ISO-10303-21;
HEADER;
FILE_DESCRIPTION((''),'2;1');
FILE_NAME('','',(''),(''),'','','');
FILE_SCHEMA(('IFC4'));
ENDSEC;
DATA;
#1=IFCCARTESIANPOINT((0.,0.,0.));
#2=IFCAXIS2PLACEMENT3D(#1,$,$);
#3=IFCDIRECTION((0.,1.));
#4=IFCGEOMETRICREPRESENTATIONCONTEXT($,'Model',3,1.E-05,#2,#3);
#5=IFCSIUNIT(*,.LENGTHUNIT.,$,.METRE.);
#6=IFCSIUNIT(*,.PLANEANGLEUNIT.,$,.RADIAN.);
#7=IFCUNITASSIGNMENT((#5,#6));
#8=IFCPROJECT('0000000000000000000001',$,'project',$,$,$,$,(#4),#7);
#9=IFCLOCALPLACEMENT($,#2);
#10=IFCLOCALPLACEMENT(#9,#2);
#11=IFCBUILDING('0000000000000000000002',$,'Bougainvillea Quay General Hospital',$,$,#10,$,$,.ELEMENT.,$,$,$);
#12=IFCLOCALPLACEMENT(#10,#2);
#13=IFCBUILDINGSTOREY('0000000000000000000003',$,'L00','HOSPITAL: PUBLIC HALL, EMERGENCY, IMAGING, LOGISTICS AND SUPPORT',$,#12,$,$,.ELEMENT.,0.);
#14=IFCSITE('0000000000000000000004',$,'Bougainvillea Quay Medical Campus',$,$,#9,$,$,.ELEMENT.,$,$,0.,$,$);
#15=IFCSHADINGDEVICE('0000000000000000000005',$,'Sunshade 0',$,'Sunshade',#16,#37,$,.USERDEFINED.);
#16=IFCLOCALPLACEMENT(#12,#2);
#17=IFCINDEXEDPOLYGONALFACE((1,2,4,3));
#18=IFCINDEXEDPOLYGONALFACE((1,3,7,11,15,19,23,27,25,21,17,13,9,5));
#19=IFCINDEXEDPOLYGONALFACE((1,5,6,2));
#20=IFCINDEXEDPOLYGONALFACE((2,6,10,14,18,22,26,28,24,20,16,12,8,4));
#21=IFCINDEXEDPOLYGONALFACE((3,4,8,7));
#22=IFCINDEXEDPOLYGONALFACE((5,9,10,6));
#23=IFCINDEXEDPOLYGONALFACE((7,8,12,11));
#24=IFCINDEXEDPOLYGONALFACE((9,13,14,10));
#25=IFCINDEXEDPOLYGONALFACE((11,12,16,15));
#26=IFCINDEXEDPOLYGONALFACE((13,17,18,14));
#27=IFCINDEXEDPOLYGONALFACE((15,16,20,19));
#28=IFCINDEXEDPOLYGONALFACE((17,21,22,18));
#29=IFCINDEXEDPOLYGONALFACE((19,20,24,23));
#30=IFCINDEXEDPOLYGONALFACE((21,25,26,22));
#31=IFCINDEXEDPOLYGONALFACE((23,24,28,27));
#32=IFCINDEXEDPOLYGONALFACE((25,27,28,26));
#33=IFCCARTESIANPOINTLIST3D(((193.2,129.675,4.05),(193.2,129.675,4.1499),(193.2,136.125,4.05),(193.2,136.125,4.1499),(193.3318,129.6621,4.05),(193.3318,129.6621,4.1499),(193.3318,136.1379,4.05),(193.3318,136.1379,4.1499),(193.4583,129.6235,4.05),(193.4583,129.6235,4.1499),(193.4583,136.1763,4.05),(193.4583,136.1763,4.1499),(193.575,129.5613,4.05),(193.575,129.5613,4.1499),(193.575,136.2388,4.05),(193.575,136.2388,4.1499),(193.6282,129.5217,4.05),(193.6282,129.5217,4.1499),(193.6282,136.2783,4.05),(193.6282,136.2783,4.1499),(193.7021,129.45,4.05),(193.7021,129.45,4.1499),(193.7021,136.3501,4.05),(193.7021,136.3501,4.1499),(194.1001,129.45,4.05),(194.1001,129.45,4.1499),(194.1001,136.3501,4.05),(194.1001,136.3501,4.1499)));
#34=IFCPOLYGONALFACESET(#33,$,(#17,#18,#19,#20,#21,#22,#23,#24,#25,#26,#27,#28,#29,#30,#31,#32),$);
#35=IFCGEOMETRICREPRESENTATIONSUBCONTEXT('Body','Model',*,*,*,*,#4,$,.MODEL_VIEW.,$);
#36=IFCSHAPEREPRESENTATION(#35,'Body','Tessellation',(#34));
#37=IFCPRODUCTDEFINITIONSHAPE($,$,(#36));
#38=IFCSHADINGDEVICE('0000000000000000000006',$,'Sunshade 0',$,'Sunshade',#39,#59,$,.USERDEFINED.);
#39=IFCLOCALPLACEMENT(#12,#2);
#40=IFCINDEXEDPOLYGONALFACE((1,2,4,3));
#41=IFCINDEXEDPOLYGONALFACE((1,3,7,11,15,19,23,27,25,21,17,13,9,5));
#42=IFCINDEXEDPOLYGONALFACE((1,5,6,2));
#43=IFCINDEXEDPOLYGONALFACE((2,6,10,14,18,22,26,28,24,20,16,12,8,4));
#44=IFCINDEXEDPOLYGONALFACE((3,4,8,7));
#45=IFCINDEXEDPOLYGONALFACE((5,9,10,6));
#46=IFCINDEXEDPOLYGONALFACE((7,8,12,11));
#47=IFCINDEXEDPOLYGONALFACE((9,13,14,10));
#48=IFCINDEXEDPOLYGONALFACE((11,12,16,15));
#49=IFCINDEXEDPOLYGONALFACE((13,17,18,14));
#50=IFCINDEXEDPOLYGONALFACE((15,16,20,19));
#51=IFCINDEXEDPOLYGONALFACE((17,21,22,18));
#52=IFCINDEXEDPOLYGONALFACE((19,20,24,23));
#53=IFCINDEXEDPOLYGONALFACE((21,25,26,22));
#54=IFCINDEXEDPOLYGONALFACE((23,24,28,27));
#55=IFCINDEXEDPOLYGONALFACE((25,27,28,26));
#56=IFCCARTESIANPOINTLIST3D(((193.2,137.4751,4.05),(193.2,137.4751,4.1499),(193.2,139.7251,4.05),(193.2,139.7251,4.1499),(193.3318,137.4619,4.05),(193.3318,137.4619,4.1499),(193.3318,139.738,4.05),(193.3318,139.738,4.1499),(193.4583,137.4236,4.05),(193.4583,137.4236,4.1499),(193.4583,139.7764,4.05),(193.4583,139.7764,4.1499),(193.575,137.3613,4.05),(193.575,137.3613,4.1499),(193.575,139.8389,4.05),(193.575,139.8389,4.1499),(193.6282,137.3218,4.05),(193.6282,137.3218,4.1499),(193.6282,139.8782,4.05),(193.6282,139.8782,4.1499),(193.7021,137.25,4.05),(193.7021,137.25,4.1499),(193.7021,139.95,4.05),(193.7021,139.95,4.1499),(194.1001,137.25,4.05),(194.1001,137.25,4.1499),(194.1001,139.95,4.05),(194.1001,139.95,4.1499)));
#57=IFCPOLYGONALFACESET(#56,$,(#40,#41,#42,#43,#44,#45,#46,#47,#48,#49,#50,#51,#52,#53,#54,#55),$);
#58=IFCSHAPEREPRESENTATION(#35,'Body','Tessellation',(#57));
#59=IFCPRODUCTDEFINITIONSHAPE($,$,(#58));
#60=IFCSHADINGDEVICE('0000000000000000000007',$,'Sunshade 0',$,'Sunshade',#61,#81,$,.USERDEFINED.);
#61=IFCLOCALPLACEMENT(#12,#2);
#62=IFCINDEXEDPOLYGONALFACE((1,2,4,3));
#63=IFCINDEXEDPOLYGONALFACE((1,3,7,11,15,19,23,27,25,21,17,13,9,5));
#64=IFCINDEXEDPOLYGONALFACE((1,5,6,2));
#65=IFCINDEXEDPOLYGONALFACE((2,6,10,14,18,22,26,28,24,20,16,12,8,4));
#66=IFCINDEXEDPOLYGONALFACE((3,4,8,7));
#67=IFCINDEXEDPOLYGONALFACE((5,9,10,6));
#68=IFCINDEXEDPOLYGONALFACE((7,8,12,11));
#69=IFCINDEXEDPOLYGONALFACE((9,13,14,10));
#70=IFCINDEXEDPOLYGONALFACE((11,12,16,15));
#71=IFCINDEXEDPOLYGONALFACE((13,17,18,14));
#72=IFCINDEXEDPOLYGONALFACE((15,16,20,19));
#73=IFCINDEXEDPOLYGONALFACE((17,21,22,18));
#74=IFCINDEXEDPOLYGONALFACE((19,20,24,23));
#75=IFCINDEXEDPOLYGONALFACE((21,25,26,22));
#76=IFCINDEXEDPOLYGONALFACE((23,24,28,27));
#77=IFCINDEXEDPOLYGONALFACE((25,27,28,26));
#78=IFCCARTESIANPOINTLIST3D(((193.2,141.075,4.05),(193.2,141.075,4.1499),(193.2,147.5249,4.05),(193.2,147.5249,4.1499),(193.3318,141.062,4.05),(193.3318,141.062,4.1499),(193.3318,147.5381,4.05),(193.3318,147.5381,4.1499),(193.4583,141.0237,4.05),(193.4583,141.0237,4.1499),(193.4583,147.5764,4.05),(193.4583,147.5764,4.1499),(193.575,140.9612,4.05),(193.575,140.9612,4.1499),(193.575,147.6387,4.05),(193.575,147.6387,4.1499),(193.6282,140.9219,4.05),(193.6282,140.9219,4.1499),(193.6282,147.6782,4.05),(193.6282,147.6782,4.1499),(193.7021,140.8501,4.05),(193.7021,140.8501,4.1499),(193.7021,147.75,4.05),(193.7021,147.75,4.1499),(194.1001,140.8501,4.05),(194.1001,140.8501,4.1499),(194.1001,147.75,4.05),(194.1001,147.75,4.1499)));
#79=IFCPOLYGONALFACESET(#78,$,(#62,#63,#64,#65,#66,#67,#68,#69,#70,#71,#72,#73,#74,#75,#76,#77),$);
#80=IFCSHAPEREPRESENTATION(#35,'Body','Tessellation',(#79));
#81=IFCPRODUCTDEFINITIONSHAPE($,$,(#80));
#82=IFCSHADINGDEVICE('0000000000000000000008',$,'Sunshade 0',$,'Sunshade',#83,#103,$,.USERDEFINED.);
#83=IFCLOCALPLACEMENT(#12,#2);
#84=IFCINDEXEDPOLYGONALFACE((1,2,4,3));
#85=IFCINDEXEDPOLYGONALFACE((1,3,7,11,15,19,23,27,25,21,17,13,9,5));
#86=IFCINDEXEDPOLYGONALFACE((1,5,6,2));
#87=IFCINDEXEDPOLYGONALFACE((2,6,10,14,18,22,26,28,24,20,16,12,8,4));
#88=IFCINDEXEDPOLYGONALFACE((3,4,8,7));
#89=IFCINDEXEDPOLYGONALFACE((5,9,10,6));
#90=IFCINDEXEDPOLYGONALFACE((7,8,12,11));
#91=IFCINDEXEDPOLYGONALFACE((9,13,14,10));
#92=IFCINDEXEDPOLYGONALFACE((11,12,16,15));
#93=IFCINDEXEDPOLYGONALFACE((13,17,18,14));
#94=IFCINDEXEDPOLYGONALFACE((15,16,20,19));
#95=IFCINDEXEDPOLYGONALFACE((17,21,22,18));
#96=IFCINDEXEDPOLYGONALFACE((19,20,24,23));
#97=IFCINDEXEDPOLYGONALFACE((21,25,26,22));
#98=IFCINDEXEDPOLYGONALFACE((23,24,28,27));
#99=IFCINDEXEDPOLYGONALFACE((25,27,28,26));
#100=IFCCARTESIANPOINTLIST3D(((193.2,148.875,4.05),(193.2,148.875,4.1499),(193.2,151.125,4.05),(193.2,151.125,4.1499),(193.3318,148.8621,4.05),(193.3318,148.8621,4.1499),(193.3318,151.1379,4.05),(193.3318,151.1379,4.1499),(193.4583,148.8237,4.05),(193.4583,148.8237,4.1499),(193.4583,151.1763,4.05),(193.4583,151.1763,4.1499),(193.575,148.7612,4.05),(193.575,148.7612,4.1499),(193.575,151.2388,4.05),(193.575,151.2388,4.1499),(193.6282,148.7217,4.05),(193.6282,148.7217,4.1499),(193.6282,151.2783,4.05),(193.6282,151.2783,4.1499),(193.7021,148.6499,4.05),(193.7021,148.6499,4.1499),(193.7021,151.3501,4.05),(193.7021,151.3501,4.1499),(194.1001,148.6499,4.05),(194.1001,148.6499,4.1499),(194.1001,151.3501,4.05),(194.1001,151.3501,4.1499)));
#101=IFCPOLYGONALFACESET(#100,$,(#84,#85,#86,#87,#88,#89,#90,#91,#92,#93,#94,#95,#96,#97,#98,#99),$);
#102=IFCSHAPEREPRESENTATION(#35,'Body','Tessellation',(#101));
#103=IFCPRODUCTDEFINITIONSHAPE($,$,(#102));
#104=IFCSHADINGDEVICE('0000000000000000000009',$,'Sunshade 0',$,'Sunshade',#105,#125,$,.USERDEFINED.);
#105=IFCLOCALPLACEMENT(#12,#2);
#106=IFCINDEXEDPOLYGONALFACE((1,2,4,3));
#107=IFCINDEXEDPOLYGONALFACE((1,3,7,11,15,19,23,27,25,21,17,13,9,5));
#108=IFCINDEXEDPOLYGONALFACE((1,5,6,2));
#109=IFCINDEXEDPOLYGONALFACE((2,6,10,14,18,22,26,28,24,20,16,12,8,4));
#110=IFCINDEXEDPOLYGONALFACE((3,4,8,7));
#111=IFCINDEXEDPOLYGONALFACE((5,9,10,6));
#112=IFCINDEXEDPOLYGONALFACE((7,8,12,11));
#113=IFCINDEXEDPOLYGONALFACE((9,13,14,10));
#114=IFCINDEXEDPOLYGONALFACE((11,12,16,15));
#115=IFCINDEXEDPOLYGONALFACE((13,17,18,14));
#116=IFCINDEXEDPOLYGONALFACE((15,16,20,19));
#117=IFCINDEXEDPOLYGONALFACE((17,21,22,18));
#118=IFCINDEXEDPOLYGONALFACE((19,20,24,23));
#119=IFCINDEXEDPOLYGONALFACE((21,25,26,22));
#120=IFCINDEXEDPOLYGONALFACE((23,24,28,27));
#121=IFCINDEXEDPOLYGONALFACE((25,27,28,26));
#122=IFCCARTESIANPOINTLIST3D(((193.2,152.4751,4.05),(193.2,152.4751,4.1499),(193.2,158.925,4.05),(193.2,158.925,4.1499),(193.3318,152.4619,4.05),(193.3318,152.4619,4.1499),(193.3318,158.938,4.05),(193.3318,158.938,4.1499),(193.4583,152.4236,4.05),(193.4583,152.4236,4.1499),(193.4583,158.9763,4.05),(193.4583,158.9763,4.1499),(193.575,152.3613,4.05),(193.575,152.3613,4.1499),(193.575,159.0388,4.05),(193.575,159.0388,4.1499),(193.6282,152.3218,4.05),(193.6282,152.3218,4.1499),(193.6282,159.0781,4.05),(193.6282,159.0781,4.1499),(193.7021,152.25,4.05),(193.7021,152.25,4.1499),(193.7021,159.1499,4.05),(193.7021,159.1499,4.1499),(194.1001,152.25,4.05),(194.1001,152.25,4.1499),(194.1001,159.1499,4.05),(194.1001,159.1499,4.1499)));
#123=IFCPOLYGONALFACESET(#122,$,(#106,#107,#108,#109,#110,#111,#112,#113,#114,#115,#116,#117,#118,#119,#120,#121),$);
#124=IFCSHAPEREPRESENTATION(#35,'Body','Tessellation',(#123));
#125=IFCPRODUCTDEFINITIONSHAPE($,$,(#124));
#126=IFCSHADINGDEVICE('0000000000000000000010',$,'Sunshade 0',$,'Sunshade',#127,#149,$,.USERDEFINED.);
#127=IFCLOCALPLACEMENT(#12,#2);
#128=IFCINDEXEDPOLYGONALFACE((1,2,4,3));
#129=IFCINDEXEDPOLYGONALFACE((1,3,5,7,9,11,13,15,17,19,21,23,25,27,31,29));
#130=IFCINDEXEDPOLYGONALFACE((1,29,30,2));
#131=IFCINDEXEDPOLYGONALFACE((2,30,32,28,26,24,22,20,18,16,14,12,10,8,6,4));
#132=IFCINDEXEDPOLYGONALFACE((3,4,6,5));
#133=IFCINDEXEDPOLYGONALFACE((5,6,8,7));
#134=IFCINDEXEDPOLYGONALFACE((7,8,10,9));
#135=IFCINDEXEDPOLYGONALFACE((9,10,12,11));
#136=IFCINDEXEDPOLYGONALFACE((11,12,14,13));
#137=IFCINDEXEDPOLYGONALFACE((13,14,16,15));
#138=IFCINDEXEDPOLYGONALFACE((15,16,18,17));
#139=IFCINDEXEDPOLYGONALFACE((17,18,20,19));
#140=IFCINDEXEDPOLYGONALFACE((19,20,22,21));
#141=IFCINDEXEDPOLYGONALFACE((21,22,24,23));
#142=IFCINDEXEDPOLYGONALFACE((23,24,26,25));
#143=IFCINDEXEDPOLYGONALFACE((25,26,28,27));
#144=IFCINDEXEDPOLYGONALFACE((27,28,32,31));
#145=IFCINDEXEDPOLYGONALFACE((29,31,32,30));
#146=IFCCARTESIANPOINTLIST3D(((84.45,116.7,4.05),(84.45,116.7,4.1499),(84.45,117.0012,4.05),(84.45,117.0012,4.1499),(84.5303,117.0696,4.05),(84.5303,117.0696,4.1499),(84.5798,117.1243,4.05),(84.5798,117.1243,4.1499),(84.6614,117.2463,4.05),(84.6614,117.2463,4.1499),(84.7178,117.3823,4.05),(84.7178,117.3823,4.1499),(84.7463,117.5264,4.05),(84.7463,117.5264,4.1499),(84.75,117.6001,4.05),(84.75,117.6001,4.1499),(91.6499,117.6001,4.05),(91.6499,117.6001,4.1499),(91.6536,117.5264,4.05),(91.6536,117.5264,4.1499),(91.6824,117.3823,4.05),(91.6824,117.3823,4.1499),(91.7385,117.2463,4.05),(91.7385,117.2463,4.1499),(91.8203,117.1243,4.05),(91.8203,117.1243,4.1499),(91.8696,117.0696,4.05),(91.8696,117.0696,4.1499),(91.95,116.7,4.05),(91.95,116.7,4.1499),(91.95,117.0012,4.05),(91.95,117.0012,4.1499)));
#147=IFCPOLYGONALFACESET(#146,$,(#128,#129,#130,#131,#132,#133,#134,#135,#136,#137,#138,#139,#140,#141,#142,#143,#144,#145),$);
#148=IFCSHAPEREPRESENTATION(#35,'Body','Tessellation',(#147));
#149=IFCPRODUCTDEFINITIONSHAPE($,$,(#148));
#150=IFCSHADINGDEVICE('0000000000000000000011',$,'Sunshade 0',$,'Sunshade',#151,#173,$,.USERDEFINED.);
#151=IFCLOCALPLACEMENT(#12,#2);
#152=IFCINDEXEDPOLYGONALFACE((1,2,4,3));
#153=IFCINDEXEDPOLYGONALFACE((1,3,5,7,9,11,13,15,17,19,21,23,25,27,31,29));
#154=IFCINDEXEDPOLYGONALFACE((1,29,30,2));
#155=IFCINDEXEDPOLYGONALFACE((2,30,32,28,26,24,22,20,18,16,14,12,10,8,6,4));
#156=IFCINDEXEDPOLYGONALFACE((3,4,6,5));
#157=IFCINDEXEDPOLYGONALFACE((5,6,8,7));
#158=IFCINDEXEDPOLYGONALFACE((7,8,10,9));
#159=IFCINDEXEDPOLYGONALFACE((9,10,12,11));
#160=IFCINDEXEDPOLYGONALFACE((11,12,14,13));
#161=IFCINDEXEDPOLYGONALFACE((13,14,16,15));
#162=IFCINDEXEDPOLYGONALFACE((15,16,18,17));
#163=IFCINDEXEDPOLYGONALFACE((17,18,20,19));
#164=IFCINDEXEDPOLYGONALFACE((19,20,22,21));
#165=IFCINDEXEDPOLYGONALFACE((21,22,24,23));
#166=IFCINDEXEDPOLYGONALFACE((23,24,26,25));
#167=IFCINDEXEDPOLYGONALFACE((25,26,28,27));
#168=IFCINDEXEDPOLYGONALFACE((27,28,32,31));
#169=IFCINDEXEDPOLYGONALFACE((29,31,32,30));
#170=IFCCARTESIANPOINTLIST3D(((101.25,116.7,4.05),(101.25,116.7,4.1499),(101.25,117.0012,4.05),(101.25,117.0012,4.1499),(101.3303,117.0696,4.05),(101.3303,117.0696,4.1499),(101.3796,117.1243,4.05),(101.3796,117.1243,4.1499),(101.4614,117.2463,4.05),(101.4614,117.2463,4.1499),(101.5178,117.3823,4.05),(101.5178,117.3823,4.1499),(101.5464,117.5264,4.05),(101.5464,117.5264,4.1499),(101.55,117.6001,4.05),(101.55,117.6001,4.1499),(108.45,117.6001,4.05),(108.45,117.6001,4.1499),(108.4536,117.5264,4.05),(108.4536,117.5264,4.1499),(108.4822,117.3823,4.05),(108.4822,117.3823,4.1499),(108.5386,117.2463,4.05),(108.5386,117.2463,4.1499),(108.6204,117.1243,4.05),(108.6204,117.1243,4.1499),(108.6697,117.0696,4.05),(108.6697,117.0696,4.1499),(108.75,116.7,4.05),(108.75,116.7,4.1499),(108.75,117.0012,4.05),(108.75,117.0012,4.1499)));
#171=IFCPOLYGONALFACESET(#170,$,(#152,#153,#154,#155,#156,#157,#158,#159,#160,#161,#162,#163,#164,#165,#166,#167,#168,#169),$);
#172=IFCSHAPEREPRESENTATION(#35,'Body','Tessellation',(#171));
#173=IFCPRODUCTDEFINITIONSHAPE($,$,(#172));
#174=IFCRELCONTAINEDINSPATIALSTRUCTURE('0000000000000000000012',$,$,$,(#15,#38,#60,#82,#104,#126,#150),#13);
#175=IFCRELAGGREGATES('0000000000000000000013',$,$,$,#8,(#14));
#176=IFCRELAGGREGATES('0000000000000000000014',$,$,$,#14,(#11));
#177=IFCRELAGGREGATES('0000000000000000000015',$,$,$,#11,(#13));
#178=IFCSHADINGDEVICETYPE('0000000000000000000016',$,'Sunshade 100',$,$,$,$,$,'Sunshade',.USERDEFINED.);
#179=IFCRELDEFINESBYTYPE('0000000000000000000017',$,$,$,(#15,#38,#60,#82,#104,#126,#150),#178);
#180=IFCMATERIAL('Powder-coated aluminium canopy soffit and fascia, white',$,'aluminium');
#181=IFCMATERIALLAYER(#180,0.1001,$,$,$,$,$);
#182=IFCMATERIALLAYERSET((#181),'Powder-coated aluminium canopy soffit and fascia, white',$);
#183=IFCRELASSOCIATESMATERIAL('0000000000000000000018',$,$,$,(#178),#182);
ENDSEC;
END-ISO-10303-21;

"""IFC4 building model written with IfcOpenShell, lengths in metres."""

from ifc_helpers import new_model, si_unit, direction, frame, origin, place, context, subcontext, project, spatial, polyline, outline, extrude, material, layer, layer_set, type_object, element, save


model = new_model("IFC4")

# Units and contexts
model_context = context("Model", 3, precision=1e-05, world=origin(), true_north=direction((0.0, 1.0)))
body_context = subcontext(model_context, "Body", "Model", "MODEL_VIEW")
ifc_project = project(units=[si_unit("LENGTHUNIT", "METRE"), si_unit("PLANEANGLEUNIT", "RADIAN")], contexts=[model_context])

# Site, building, storey
site_placement = place(None, origin())
site = spatial("IfcSite", under=ifc_project, at=site_placement, Name="Bougainvillea Quay Medical Campus", CompositionType="ELEMENT", RefElevation=0.0)
building_placement = place(site_placement, origin())
building = spatial("IfcBuilding", under=site, at=building_placement, Name="Bougainvillea Quay General Hospital", CompositionType="ELEMENT")
storey_placement = place(building_placement, origin())
storey = spatial("IfcBuildingStorey", under=building, at=storey_placement, Name="L00", Description="HOSPITAL: PUBLIC HALL, EMERGENCY, IMAGING, LOGISTICS AND SUPPORT", CompositionType="ELEMENT", Elevation=0.0)

# Shading devices
ifc_material = material(Name="Powder-coated aluminium canopy soffit and fascia, white", Category="aluminium")
ifc_layer_1 = layer(ifc_material, 0.1001)
ifc_layer_set_1 = layer_set([ifc_layer_1], Name="Powder-coated aluminium canopy soffit and fascia, white")
shading_device_type_1 = type_object("IfcShadingDeviceType", Name="Sunshade 100", ElementType="Sunshade", PredefinedType="USERDEFINED", material=ifc_layer_set_1)
shading_device_1_placement = place(storey_placement, frame((0.0, 0.0, 4.05)))
element("IfcShadingDevice", 1, at=shading_device_1_placement, inside=storey, type_object=shading_device_type_1, Name="Sunshade 0", ObjectType="Sunshade", PredefinedType="USERDEFINED", context=body_context, shape_type="SweptSolid", body=[
    extrude(outline(polyline([(193.2, 136.125), (193.2, 129.675), (193.3318, 129.6621), (193.4583, 129.6235), (193.575, 129.5613), (193.6282, 129.5217), (193.7021, 129.45), (194.1001, 129.45), (194.1001, 136.3501), (193.7021, 136.3501), (193.6282, 136.2783), (193.575, 136.2388), (193.4583, 136.1763), (193.3318, 136.1379), (193.2, 136.125)])), origin(), (0.0, 0.0, 1.0), 0.0999),
])
shading_device_2_placement = place(storey_placement, frame((0.0, 0.0, 4.05)))
element("IfcShadingDevice", 2, at=shading_device_2_placement, inside=storey, type_object=shading_device_type_1, Name="Sunshade 0", ObjectType="Sunshade", PredefinedType="USERDEFINED", context=body_context, shape_type="SweptSolid", body=[
    extrude(outline(polyline([(193.2, 139.7251), (193.2, 137.4751), (193.3318, 137.4619), (193.4583, 137.4236), (193.575, 137.3613), (193.6282, 137.3218), (193.7021, 137.25), (194.1001, 137.25), (194.1001, 139.95), (193.7021, 139.95), (193.6282, 139.8782), (193.575, 139.8389), (193.4583, 139.7764), (193.3318, 139.738), (193.2, 139.7251)])), origin(), (0.0, 0.0, 1.0), 0.0999),
])
shading_device_3_placement = place(storey_placement, frame((0.0, 0.0, 4.05)))
element("IfcShadingDevice", 3, at=shading_device_3_placement, inside=storey, type_object=shading_device_type_1, Name="Sunshade 0", ObjectType="Sunshade", PredefinedType="USERDEFINED", context=body_context, shape_type="SweptSolid", body=[
    extrude(outline(polyline([(193.2, 147.5249), (193.2, 141.075), (193.3318, 141.062), (193.4583, 141.0237), (193.575, 140.9612), (193.6282, 140.9219), (193.7021, 140.8501), (194.1001, 140.8501), (194.1001, 147.75), (193.7021, 147.75), (193.6282, 147.6782), (193.575, 147.6387), (193.4583, 147.5764), (193.3318, 147.5381), (193.2, 147.5249)])), origin(), (0.0, 0.0, 1.0), 0.0999),
])
shading_device_4_placement = place(storey_placement, frame((0.0, 0.0, 4.05)))
element("IfcShadingDevice", 4, at=shading_device_4_placement, inside=storey, type_object=shading_device_type_1, Name="Sunshade 0", ObjectType="Sunshade", PredefinedType="USERDEFINED", context=body_context, shape_type="SweptSolid", body=[
    extrude(outline(polyline([(193.2, 151.125), (193.2, 148.875), (193.3318, 148.8621), (193.4583, 148.8237), (193.575, 148.7612), (193.6282, 148.7217), (193.7021, 148.6499), (194.1001, 148.6499), (194.1001, 151.3501), (193.7021, 151.3501), (193.6282, 151.2783), (193.575, 151.2388), (193.4583, 151.1763), (193.3318, 151.1379), (193.2, 151.125)])), origin(), (0.0, 0.0, 1.0), 0.0999),
])
shading_device_5_placement = place(storey_placement, frame((0.0, 0.0, 4.05)))
element("IfcShadingDevice", 5, at=shading_device_5_placement, inside=storey, type_object=shading_device_type_1, Name="Sunshade 0", ObjectType="Sunshade", PredefinedType="USERDEFINED", context=body_context, shape_type="SweptSolid", body=[
    extrude(outline(polyline([(193.2, 158.925), (193.2, 152.4751), (193.3318, 152.4619), (193.4583, 152.4236), (193.575, 152.3613), (193.6282, 152.3218), (193.7021, 152.25), (194.1001, 152.25), (194.1001, 159.1499), (193.7021, 159.1499), (193.6282, 159.0781), (193.575, 159.0388), (193.4583, 158.9763), (193.3318, 158.938), (193.2, 158.925)])), origin(), (0.0, 0.0, 1.0), 0.0999),
])
shading_device_6_placement = place(storey_placement, frame((0.0, 0.0, 4.05)))
element("IfcShadingDevice", 6, at=shading_device_6_placement, inside=storey, type_object=shading_device_type_1, Name="Sunshade 0", ObjectType="Sunshade", PredefinedType="USERDEFINED", context=body_context, shape_type="SweptSolid", body=[
    extrude(outline(polyline([(91.6499, 117.6001), (84.75, 117.6001), (84.7463, 117.5264), (84.7178, 117.3823), (84.6614, 117.2463), (84.5798, 117.1243), (84.5303, 117.0696), (84.45, 117.0012), (84.45, 116.7), (91.95, 116.7), (91.95, 117.0012), (91.8696, 117.0696), (91.8203, 117.1243), (91.7385, 117.2463), (91.6824, 117.3823), (91.6536, 117.5264), (91.6499, 117.6001)])), origin(), (0.0, 0.0, 1.0), 0.0999),
])
shading_device_7_placement = place(storey_placement, frame((0.0, 0.0, 4.05)))
element("IfcShadingDevice", 7, at=shading_device_7_placement, inside=storey, type_object=shading_device_type_1, Name="Sunshade 0", ObjectType="Sunshade", PredefinedType="USERDEFINED", context=body_context, shape_type="SweptSolid", body=[
    extrude(outline(polyline([(108.45, 117.6001), (101.55, 117.6001), (101.5464, 117.5264), (101.5178, 117.3823), (101.4614, 117.2463), (101.3796, 117.1243), (101.3303, 117.0696), (101.25, 117.0012), (101.25, 116.7), (108.75, 116.7), (108.75, 117.0012), (108.6697, 117.0696), (108.6204, 117.1243), (108.5386, 117.2463), (108.4822, 117.3823), (108.4536, 117.5264), (108.45, 117.6001)])), origin(), (0.0, 0.0, 1.0), 0.0999),
])

save(model, "model.ifc")
